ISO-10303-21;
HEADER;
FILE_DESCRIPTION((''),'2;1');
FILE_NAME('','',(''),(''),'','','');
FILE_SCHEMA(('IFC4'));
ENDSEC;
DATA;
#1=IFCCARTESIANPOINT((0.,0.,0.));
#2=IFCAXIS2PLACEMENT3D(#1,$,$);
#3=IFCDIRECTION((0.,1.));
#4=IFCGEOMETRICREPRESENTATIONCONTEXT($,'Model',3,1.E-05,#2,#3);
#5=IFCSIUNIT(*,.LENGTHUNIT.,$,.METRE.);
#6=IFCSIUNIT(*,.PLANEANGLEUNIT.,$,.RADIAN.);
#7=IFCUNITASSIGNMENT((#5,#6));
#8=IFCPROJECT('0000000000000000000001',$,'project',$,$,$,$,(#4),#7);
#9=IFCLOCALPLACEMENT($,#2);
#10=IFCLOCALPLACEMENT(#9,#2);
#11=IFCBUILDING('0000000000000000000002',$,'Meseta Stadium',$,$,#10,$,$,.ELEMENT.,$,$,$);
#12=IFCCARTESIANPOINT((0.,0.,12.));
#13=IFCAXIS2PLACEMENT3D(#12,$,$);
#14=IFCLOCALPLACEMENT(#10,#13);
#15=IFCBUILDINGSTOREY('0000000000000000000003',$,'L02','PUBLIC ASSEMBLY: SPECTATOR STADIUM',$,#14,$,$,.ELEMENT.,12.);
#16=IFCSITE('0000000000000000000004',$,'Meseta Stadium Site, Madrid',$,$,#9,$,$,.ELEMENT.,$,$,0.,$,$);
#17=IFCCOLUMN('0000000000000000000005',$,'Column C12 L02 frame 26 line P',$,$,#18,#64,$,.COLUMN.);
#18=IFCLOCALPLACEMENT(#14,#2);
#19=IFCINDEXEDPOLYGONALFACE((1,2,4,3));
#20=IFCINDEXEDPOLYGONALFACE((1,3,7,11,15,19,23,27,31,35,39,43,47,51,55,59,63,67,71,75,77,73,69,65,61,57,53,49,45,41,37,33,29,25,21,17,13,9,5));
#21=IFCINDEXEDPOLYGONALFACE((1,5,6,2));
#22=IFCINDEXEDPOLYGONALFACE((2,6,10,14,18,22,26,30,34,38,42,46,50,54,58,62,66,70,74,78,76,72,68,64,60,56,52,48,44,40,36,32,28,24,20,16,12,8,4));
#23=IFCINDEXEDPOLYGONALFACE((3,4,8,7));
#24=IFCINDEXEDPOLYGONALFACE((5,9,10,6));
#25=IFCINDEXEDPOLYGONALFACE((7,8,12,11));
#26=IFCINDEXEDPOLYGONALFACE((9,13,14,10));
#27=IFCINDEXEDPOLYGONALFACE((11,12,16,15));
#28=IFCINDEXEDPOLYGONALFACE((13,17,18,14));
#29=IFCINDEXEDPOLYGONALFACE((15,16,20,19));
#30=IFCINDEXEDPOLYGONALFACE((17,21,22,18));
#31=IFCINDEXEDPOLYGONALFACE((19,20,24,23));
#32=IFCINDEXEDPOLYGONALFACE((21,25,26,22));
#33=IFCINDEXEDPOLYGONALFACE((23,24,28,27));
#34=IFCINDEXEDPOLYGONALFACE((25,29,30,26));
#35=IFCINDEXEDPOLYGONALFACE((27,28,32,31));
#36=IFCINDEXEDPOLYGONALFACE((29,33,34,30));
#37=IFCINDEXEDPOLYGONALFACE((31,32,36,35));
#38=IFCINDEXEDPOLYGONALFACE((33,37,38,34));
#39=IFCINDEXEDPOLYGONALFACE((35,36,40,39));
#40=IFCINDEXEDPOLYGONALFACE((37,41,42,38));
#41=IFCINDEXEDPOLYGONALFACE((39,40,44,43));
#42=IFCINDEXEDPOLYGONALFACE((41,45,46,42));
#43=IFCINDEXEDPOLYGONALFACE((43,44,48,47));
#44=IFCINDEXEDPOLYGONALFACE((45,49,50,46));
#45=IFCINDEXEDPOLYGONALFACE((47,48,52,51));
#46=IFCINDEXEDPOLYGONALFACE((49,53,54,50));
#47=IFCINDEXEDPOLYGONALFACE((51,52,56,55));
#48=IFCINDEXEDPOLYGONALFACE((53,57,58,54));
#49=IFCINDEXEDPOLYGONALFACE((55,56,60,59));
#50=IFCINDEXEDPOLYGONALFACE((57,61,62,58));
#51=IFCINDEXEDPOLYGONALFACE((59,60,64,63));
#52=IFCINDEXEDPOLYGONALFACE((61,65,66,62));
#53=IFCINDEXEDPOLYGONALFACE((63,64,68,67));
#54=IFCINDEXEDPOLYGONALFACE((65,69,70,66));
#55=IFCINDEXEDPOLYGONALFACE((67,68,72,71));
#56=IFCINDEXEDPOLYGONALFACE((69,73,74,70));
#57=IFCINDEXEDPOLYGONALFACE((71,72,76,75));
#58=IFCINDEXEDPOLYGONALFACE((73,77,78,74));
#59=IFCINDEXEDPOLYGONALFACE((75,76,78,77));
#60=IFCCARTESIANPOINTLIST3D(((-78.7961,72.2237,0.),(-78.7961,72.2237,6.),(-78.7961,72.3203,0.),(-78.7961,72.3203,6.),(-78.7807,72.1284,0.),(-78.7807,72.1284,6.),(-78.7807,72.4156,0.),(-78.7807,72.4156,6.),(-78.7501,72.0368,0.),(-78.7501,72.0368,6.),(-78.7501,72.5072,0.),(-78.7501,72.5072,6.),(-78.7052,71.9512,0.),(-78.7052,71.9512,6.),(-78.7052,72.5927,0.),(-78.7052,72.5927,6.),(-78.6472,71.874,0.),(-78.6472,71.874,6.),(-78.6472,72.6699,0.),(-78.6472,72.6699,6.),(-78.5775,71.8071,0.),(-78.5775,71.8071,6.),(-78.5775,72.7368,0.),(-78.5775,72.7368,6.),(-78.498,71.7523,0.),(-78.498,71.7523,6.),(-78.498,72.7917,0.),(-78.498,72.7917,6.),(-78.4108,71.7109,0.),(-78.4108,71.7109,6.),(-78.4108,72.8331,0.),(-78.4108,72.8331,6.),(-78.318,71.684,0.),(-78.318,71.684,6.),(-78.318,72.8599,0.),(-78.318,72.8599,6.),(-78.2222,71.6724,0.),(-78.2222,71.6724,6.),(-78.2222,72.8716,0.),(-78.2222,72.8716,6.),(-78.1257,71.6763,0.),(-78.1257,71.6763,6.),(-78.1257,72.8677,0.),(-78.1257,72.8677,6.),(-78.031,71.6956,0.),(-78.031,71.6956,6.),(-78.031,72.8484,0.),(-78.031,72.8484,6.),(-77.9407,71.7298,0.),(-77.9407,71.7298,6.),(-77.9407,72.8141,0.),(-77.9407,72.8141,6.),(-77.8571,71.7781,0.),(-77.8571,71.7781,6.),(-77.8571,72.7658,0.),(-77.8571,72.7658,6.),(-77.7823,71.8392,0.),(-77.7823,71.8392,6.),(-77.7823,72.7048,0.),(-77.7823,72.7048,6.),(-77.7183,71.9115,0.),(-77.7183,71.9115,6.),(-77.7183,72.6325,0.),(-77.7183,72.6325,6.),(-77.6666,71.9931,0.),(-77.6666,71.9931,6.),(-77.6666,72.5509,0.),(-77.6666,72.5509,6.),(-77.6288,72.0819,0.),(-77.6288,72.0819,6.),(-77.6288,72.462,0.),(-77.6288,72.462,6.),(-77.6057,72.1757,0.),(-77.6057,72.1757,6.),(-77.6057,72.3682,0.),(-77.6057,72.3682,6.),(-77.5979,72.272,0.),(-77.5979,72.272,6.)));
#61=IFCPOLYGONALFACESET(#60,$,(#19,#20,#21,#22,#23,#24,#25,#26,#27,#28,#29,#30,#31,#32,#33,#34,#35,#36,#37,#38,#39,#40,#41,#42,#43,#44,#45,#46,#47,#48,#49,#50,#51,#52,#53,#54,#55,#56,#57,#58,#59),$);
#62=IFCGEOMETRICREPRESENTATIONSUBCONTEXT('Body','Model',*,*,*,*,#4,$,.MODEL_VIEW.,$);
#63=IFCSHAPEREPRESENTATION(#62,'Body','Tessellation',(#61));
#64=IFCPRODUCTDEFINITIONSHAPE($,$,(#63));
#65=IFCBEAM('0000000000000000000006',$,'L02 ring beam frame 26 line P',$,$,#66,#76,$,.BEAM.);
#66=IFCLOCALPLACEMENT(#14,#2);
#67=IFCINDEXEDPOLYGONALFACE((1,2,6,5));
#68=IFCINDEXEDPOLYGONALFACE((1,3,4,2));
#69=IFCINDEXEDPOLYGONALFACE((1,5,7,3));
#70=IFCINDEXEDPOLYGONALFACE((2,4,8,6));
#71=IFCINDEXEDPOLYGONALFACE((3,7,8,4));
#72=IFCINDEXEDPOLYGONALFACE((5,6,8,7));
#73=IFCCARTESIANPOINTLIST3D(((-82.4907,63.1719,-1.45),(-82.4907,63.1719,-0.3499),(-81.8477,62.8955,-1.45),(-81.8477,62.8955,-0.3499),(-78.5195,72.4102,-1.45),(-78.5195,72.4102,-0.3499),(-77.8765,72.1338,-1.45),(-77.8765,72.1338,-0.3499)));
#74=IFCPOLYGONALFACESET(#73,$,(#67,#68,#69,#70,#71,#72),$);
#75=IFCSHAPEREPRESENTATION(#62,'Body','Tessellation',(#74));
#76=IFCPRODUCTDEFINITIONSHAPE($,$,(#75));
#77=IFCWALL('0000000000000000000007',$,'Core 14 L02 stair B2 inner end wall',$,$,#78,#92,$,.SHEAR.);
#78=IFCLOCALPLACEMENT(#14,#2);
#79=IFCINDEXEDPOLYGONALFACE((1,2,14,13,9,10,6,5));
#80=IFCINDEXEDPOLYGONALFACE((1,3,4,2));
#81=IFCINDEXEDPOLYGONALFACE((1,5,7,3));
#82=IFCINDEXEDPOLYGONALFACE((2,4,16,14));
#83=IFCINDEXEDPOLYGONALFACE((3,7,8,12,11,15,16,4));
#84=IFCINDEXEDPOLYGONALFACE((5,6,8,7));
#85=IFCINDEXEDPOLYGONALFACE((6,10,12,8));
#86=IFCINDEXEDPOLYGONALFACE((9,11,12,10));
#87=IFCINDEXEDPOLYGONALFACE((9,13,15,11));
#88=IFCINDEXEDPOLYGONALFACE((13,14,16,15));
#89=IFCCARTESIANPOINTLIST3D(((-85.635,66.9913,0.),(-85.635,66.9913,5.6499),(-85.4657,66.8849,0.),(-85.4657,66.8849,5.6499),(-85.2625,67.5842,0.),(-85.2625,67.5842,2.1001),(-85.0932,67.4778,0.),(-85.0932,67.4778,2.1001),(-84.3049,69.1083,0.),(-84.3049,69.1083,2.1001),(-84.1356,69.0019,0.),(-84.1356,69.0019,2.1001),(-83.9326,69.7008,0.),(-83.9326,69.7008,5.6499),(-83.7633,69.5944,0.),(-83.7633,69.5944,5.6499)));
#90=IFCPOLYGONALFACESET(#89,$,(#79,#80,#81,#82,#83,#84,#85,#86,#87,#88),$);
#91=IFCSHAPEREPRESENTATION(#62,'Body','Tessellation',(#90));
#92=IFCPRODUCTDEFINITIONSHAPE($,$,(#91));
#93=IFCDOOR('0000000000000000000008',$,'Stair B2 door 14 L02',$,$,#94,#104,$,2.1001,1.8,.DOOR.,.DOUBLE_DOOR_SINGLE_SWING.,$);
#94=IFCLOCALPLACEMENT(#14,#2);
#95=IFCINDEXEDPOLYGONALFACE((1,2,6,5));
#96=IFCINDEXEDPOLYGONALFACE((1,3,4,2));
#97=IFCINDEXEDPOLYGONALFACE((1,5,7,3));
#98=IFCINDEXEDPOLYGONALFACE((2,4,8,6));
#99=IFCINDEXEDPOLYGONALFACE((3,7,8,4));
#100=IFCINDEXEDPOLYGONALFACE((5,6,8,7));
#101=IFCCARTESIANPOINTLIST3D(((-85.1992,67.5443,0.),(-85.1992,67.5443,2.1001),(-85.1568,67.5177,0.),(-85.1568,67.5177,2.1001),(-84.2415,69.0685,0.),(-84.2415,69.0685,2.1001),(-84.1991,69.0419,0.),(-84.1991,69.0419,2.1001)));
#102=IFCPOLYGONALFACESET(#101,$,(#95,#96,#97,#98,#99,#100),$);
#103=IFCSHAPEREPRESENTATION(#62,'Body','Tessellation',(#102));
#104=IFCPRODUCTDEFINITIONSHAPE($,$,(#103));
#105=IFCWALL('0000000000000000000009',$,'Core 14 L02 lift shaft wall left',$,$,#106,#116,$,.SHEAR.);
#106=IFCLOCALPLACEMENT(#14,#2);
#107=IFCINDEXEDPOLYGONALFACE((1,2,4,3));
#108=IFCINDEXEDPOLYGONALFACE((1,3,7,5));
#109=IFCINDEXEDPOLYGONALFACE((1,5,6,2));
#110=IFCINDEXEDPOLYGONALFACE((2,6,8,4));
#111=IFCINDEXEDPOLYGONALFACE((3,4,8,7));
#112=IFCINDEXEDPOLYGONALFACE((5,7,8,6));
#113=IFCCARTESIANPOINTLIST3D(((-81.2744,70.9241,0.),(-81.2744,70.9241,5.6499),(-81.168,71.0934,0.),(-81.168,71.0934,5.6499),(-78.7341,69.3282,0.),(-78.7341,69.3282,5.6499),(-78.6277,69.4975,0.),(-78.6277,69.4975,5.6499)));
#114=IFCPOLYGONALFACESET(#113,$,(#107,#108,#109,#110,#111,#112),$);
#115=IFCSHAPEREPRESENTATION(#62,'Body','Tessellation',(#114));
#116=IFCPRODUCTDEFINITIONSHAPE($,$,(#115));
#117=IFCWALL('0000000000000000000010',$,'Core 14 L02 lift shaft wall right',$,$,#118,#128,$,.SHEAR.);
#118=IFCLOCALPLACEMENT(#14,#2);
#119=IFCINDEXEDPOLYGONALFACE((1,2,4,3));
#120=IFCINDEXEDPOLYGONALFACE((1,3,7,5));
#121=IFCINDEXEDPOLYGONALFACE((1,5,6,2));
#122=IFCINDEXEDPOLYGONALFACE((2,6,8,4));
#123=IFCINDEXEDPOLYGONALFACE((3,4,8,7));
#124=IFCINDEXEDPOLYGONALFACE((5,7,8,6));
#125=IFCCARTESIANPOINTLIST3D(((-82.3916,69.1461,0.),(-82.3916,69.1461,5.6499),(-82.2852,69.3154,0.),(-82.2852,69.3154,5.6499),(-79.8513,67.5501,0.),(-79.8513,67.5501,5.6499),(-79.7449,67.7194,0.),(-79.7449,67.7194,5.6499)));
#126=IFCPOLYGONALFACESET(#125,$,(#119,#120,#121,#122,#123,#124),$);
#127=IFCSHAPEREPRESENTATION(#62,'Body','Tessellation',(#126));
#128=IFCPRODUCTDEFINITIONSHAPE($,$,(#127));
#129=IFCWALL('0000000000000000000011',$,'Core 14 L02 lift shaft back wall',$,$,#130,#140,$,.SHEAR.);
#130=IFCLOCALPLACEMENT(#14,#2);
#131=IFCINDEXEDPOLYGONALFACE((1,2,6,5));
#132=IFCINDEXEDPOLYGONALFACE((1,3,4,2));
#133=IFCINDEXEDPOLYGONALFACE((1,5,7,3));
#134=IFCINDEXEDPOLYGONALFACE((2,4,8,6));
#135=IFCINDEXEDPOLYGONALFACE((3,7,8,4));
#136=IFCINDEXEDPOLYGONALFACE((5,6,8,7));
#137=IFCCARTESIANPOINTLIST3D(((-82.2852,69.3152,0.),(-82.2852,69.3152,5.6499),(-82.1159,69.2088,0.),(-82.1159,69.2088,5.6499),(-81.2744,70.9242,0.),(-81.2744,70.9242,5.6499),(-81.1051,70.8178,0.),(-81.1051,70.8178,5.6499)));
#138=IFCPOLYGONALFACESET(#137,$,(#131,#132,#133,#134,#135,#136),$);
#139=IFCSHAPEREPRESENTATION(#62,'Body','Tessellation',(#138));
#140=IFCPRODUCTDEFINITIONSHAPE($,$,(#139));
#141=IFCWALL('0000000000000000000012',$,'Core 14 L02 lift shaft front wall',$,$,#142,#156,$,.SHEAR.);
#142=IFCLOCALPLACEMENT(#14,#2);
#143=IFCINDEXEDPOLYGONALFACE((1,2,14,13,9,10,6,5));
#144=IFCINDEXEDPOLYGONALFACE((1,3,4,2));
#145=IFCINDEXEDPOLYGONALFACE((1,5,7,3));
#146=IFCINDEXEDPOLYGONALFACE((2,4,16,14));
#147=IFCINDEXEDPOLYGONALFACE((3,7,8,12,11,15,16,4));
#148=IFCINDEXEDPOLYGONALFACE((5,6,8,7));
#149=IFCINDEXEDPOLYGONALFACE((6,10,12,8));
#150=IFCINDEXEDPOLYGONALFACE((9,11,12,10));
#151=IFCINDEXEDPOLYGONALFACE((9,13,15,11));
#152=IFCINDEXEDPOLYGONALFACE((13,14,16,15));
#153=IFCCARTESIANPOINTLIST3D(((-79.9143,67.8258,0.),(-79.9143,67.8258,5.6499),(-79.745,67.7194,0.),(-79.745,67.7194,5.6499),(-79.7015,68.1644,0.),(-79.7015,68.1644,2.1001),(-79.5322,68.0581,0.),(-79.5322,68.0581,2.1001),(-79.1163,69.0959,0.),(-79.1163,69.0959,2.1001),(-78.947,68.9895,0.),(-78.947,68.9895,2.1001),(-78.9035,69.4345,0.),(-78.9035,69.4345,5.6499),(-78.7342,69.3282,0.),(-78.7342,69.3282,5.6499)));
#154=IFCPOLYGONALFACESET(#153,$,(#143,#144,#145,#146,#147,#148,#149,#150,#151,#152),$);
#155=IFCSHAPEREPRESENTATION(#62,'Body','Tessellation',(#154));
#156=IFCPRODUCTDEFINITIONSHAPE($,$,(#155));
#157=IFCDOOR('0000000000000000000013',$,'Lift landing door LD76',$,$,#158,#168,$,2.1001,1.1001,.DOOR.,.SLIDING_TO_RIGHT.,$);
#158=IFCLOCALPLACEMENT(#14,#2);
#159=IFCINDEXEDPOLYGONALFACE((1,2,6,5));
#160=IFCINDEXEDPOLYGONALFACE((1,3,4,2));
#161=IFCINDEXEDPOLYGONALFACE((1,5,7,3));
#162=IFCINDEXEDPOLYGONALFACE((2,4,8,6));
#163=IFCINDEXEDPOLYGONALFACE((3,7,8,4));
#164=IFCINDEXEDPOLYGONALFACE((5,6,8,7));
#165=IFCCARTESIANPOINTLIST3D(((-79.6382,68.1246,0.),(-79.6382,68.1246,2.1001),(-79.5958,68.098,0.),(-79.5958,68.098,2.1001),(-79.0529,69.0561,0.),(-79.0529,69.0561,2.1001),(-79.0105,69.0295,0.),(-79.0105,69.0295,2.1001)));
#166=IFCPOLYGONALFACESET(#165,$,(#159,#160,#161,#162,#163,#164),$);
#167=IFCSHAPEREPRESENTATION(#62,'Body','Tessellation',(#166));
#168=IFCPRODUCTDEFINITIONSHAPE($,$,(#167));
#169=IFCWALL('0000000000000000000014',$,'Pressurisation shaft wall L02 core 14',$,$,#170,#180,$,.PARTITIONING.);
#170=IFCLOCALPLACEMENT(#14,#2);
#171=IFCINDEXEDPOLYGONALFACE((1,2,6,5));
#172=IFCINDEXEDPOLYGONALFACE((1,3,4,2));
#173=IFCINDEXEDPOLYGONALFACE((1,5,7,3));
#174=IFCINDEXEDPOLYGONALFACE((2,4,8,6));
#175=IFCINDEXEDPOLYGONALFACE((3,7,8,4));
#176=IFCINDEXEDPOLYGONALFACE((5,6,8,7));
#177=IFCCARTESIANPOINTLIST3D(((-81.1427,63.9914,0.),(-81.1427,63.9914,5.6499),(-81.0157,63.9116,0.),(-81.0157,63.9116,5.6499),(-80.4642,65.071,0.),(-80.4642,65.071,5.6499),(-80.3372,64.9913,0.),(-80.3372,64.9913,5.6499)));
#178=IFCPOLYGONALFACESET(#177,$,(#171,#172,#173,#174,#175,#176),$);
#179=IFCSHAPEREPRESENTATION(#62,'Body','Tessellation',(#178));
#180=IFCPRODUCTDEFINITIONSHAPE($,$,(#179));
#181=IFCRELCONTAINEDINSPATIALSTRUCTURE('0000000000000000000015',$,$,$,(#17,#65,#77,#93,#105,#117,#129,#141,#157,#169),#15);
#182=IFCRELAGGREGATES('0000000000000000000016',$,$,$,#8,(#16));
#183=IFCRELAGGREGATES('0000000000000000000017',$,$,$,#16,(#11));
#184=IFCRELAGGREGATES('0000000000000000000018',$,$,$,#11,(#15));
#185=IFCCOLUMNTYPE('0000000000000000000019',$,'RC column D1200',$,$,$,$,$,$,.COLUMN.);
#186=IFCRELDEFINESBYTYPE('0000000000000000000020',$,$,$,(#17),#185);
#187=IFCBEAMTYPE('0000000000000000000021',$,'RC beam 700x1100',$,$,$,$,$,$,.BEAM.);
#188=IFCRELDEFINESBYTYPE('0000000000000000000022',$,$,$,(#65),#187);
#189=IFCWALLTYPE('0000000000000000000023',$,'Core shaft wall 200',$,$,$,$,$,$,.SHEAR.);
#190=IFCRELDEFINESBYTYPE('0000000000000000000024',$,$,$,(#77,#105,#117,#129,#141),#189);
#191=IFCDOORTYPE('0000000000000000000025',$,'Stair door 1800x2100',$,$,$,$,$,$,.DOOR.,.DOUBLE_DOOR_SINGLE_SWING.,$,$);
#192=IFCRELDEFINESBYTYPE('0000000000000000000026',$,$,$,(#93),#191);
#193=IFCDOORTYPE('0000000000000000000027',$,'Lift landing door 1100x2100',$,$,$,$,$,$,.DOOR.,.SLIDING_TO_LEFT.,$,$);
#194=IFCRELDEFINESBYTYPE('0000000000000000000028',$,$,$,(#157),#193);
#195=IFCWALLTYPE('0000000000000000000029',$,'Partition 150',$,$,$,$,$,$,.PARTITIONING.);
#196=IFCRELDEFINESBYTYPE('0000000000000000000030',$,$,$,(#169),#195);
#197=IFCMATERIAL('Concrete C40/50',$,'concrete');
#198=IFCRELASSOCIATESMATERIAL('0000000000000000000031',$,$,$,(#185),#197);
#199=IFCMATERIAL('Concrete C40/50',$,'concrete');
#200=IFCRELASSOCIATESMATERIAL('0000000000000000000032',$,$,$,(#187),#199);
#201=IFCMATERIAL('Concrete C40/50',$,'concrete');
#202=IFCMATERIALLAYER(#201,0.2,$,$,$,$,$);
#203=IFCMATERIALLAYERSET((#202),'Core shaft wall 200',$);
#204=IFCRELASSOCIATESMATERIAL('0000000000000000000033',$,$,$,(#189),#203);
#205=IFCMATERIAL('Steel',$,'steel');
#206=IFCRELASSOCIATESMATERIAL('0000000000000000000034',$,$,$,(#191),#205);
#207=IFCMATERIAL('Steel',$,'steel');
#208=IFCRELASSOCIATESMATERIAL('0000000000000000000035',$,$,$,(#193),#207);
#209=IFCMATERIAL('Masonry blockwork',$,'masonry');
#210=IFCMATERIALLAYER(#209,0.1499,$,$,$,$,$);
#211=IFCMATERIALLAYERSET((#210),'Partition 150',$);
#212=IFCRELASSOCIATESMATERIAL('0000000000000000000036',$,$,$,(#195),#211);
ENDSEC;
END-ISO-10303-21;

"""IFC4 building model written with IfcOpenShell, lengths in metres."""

from ifc_helpers import new_model, si_unit, direction, frame, frame_2d, origin, origin_2d, place, context, subcontext, project, spatial, rectangle, circle, extrude, material, layer, layer_set, material_profile, profile_set, type_object, element, fill, save


model = new_model("IFC4")

# Units and contexts
model_context = context("Model", 3, precision=1e-05, world=origin(), true_north=direction((0.0, 1.0)))
body_context = subcontext(model_context, "Body", "Model", "MODEL_VIEW")
ifc_project = project(units=[si_unit("LENGTHUNIT", "METRE"), si_unit("PLANEANGLEUNIT", "RADIAN")], contexts=[model_context])

# Site, building, storey
site_placement = place(None, origin())
site = spatial("IfcSite", under=ifc_project, at=site_placement, Name="Meseta Stadium Site, Madrid", CompositionType="ELEMENT", RefElevation=0.0)
building_placement = place(site_placement, origin())
building = spatial("IfcBuilding", under=site, at=building_placement, Name="Meseta Stadium", CompositionType="ELEMENT")
storey_placement = place(building_placement, frame((0.0, 0.0, 12.0)))
storey = spatial("IfcBuildingStorey", under=building, at=storey_placement, Name="L02", Description="PUBLIC ASSEMBLY: SPECTATOR STADIUM", CompositionType="ELEMENT", Elevation=12.0)

# Column
ifc_material_1 = material(Name="Concrete C40/50", Category="concrete")
ifc_material_profile_1 = material_profile(ifc_material_1, circle(Radius=0.6001, at=origin_2d()), Name="RC D1200")
ifc_profile_set_1 = profile_set([ifc_material_profile_1], Name="Concrete C40/50")
column_type = type_object("IfcColumnType", Name="RC column D1200", PredefinedType="COLUMN", material=ifc_profile_set_1)
column_placement = place(storey_placement, frame((-78.198, 72.272, 0.0), z_axis=(0.0, 0.0, 1.0), x_axis=(1.0, 0.0, 0.0)))
element("IfcColumn", 1, at=column_placement, inside=storey, type_object=column_type, Name="Column C12 L02 frame 26 line P", PredefinedType="COLUMN", context=body_context, shape_type="SweptSolid", body=[
    extrude(circle(Radius=0.6001, at=origin_2d()), origin(), (0.0, 0.0, 1.0), 6.0),
])

# Beam
ifc_material_2 = material(Name="Concrete C40/50", Category="concrete")
ifc_material_profile_2 = material_profile(ifc_material_2, rectangle(XDim=0.7, YDim=1.1001, at=origin_2d()), Name="RC 700x1100")
ifc_profile_set_2 = profile_set([ifc_material_profile_2], Name="Concrete C40/50")
beam_type = type_object("IfcBeamType", Name="RC beam 700x1100", PredefinedType="BEAM", material=ifc_profile_set_2)
beam_placement = place(storey_placement, frame((-78.198, 72.272, -0.8999), z_axis=(-0.394921, -0.918715, 0.0), x_axis=(0.918715, -0.394921, 0.0)))
element("IfcBeam", 2, at=beam_placement, inside=storey, type_object=beam_type, Name="L02 ring beam frame 26 line P", PredefinedType="BEAM", context=body_context, shape_type="SweptSolid", body=[
    extrude(rectangle(XDim=0.7, YDim=1.1001, at=origin_2d()), origin(), (0.0, 0.0, 1.0), 10.0557),
])

# Wall, opening, door
ifc_material_3 = material(Name="Concrete C40/50", Category="concrete")
ifc_layer_1 = layer(ifc_material_3, 0.2)
ifc_layer_set_1 = layer_set([ifc_layer_1], Name="Core shaft wall 200")
wall_type_1 = type_object("IfcWallType", Name="Core shaft wall 200", PredefinedType="SHEAR", material=ifc_layer_set_1)
wall_1_placement = place(storey_placement, frame((-83.8479, 69.6477, 0.0), z_axis=(0.0, 0.0, 1.0), x_axis=(-0.532014, -0.846736, 0.0)))
wall_1 = element("IfcWall", 3, at=wall_1_placement, inside=storey, type_object=wall_type_1, Name="Core 14 L02 stair B2 inner end wall", PredefinedType="SHEAR", context=body_context, shape_type="SweptSolid", body=[
    extrude(rectangle(XDim=3.2, YDim=0.2, at=frame_2d((1.6001, 0.0))), origin(), (0.0, 0.0, 1.0), 5.6499),
])
opening_1_placement = place(wall_1_placement, frame((0.7, 0.0, 0.0)))
opening_1 = element("IfcOpeningElement", 4, at=opening_1_placement, cuts=wall_1, PredefinedType="OPENING", context=body_context, shape_type="SweptSolid", body=[
    extrude(rectangle(XDim=1.8, YDim=2.1001, at=frame_2d((0.8999, 1.05))), frame((0.0, 0.1099, 0.0), z_axis=(0.0, -1.0, 0.0), x_axis=(1.0, 0.0, 0.0)), (0.0, 0.0, 1.0), 0.22),
])
ifc_material_4 = material(Name="Steel", Category="steel")
door_type_1 = type_object("IfcDoorType", Name="Stair door 1800x2100", OperationType="DOUBLE_DOOR_SINGLE_SWING", PredefinedType="DOOR", material=ifc_material_4)
door_1_placement = place(opening_1_placement, origin())
door_1 = element("IfcDoor", 5, at=door_1_placement, inside=storey, type_object=door_type_1, Name="Stair B2 door 14 L02", OperationType="DOUBLE_DOOR_SINGLE_SWING", OverallHeight=2.1001, OverallWidth=1.8, PredefinedType="DOOR", context=body_context, shape_type="SweptSolid", body=[
    extrude(rectangle(XDim=1.8, YDim=2.1001, at=frame_2d((0.8999, 1.05))), frame((0.0, 0.0249, 0.0), z_axis=(0.0, -1.0, 0.0), x_axis=(1.0, 0.0, 0.0)), (0.0, 0.0, 1.0), 0.05),
])
fill(opening_1, door_1)

# Walls
for number, where, z_axis, x_axis, name in (
    (6, (-81.2212, 71.0088, 0.0), (0.0, 0.0, 1.0), (0.846757, -0.53198, 0.0), "Core 14 L02 lift shaft wall left"),
    (7, (-82.3384, 69.2307, 0.0), (0.0, 0.0, 1.0), (0.846757, -0.53198, 0.0), "Core 14 L02 lift shaft wall right"),
):
    element("IfcWall", number, at=place(storey_placement, frame(where, z_axis=z_axis, x_axis=x_axis)), inside=storey, type_object=wall_type_1, Name=name, PredefinedType="SHEAR", context=body_context, shape_type="SweptSolid", body=[
        extrude(rectangle(XDim=3.0, YDim=0.2, at=frame_2d((1.5, 0.0))), origin(), (0.0, 0.0, 1.0), 5.6499),
    ])
wall_2_placement = place(storey_placement, frame((-81.1897, 70.8711, 0.0), z_axis=(0.0, 0.0, 1.0), x_axis=(-0.531961, -0.846769, 0.0)))
element("IfcWall", 8, at=wall_2_placement, inside=storey, type_object=wall_type_1, Name="Core 14 L02 lift shaft back wall", PredefinedType="SHEAR", context=body_context, shape_type="SweptSolid", body=[
    extrude(rectangle(XDim=1.9001, YDim=0.2, at=frame_2d((0.9502, 0.0))), origin(), (0.0, 0.0, 1.0), 5.6499),
])

# Wall, opening, door
wall_3_placement = place(storey_placement, frame((-78.8188, 69.3813, 0.0), z_axis=(0.0, 0.0, 1.0), x_axis=(-0.532019, -0.846732, 0.0)))
wall_3 = element("IfcWall", 9, at=wall_3_placement, inside=storey, type_object=wall_type_1, Name="Core 14 L02 lift shaft front wall", PredefinedType="SHEAR", context=body_context, shape_type="SweptSolid", body=[
    extrude(rectangle(XDim=1.8999, YDim=0.2, at=frame_2d((0.95, 0.0))), origin(), (0.0, 0.0, 1.0), 5.6499),
])
opening_2_placement = place(wall_3_placement, frame((0.3999, 0.0, 0.0)))
opening_2 = element("IfcOpeningElement", 10, at=opening_2_placement, cuts=wall_3, PredefinedType="OPENING", context=body_context, shape_type="SweptSolid", body=[
    extrude(rectangle(XDim=1.1001, YDim=2.1001, at=frame_2d((0.55, 1.05))), frame((0.0, 0.1099, 0.0), z_axis=(0.0, -1.0, 0.0), x_axis=(1.0, 0.0, 0.0)), (0.0, 0.0, 1.0), 0.22),
])
ifc_material_5 = material(Name="Steel", Category="steel")
door_type_2 = type_object("IfcDoorType", Name="Lift landing door 1100x2100", OperationType="SLIDING_TO_LEFT", PredefinedType="DOOR", material=ifc_material_5)
door_2_placement = place(opening_2_placement, origin())
door_2 = element("IfcDoor", 11, at=door_2_placement, inside=storey, type_object=door_type_2, Name="Lift landing door LD76", OperationType="SLIDING_TO_RIGHT", OverallHeight=2.1001, OverallWidth=1.1001, PredefinedType="DOOR", context=body_context, shape_type="SweptSolid", body=[
    extrude(rectangle(XDim=1.1001, YDim=2.1001, at=frame_2d((0.55, 1.05))), frame((0.0, 0.0249, 0.0), z_axis=(0.0, -1.0, 0.0), x_axis=(1.0, 0.0, 0.0)), (0.0, 0.0, 1.0), 0.05),
])
fill(opening_2, door_2)

# Wall
ifc_material_6 = material(Name="Masonry blockwork", Category="masonry")
ifc_layer_2 = layer(ifc_material_6, 0.1499)
ifc_layer_set_2 = layer_set([ifc_layer_2], Name="Partition 150")
wall_type_2 = type_object("IfcWallType", Name="Partition 150", PredefinedType="PARTITIONING", material=ifc_layer_set_2)
for number, where, z_axis, x_axis, name in (
    (12, (-80.4006, 65.0312, 0.0), (0.0, 0.0, 1.0), (-0.532097, -0.846683, 0.0), "Pressurisation shaft wall L02 core 14"),
):
    element("IfcWall", number, at=place(storey_placement, frame(where, z_axis=z_axis, x_axis=x_axis)), inside=storey, type_object=wall_type_2, Name=name, PredefinedType="PARTITIONING", context=body_context, shape_type="SweptSolid", body=[
        extrude(rectangle(XDim=1.2751, YDim=0.1499, at=frame_2d((0.6377, 0.0))), origin(), (0.0, 0.0, 1.0), 5.6499),
    ])

save(model, "model.ifc")
